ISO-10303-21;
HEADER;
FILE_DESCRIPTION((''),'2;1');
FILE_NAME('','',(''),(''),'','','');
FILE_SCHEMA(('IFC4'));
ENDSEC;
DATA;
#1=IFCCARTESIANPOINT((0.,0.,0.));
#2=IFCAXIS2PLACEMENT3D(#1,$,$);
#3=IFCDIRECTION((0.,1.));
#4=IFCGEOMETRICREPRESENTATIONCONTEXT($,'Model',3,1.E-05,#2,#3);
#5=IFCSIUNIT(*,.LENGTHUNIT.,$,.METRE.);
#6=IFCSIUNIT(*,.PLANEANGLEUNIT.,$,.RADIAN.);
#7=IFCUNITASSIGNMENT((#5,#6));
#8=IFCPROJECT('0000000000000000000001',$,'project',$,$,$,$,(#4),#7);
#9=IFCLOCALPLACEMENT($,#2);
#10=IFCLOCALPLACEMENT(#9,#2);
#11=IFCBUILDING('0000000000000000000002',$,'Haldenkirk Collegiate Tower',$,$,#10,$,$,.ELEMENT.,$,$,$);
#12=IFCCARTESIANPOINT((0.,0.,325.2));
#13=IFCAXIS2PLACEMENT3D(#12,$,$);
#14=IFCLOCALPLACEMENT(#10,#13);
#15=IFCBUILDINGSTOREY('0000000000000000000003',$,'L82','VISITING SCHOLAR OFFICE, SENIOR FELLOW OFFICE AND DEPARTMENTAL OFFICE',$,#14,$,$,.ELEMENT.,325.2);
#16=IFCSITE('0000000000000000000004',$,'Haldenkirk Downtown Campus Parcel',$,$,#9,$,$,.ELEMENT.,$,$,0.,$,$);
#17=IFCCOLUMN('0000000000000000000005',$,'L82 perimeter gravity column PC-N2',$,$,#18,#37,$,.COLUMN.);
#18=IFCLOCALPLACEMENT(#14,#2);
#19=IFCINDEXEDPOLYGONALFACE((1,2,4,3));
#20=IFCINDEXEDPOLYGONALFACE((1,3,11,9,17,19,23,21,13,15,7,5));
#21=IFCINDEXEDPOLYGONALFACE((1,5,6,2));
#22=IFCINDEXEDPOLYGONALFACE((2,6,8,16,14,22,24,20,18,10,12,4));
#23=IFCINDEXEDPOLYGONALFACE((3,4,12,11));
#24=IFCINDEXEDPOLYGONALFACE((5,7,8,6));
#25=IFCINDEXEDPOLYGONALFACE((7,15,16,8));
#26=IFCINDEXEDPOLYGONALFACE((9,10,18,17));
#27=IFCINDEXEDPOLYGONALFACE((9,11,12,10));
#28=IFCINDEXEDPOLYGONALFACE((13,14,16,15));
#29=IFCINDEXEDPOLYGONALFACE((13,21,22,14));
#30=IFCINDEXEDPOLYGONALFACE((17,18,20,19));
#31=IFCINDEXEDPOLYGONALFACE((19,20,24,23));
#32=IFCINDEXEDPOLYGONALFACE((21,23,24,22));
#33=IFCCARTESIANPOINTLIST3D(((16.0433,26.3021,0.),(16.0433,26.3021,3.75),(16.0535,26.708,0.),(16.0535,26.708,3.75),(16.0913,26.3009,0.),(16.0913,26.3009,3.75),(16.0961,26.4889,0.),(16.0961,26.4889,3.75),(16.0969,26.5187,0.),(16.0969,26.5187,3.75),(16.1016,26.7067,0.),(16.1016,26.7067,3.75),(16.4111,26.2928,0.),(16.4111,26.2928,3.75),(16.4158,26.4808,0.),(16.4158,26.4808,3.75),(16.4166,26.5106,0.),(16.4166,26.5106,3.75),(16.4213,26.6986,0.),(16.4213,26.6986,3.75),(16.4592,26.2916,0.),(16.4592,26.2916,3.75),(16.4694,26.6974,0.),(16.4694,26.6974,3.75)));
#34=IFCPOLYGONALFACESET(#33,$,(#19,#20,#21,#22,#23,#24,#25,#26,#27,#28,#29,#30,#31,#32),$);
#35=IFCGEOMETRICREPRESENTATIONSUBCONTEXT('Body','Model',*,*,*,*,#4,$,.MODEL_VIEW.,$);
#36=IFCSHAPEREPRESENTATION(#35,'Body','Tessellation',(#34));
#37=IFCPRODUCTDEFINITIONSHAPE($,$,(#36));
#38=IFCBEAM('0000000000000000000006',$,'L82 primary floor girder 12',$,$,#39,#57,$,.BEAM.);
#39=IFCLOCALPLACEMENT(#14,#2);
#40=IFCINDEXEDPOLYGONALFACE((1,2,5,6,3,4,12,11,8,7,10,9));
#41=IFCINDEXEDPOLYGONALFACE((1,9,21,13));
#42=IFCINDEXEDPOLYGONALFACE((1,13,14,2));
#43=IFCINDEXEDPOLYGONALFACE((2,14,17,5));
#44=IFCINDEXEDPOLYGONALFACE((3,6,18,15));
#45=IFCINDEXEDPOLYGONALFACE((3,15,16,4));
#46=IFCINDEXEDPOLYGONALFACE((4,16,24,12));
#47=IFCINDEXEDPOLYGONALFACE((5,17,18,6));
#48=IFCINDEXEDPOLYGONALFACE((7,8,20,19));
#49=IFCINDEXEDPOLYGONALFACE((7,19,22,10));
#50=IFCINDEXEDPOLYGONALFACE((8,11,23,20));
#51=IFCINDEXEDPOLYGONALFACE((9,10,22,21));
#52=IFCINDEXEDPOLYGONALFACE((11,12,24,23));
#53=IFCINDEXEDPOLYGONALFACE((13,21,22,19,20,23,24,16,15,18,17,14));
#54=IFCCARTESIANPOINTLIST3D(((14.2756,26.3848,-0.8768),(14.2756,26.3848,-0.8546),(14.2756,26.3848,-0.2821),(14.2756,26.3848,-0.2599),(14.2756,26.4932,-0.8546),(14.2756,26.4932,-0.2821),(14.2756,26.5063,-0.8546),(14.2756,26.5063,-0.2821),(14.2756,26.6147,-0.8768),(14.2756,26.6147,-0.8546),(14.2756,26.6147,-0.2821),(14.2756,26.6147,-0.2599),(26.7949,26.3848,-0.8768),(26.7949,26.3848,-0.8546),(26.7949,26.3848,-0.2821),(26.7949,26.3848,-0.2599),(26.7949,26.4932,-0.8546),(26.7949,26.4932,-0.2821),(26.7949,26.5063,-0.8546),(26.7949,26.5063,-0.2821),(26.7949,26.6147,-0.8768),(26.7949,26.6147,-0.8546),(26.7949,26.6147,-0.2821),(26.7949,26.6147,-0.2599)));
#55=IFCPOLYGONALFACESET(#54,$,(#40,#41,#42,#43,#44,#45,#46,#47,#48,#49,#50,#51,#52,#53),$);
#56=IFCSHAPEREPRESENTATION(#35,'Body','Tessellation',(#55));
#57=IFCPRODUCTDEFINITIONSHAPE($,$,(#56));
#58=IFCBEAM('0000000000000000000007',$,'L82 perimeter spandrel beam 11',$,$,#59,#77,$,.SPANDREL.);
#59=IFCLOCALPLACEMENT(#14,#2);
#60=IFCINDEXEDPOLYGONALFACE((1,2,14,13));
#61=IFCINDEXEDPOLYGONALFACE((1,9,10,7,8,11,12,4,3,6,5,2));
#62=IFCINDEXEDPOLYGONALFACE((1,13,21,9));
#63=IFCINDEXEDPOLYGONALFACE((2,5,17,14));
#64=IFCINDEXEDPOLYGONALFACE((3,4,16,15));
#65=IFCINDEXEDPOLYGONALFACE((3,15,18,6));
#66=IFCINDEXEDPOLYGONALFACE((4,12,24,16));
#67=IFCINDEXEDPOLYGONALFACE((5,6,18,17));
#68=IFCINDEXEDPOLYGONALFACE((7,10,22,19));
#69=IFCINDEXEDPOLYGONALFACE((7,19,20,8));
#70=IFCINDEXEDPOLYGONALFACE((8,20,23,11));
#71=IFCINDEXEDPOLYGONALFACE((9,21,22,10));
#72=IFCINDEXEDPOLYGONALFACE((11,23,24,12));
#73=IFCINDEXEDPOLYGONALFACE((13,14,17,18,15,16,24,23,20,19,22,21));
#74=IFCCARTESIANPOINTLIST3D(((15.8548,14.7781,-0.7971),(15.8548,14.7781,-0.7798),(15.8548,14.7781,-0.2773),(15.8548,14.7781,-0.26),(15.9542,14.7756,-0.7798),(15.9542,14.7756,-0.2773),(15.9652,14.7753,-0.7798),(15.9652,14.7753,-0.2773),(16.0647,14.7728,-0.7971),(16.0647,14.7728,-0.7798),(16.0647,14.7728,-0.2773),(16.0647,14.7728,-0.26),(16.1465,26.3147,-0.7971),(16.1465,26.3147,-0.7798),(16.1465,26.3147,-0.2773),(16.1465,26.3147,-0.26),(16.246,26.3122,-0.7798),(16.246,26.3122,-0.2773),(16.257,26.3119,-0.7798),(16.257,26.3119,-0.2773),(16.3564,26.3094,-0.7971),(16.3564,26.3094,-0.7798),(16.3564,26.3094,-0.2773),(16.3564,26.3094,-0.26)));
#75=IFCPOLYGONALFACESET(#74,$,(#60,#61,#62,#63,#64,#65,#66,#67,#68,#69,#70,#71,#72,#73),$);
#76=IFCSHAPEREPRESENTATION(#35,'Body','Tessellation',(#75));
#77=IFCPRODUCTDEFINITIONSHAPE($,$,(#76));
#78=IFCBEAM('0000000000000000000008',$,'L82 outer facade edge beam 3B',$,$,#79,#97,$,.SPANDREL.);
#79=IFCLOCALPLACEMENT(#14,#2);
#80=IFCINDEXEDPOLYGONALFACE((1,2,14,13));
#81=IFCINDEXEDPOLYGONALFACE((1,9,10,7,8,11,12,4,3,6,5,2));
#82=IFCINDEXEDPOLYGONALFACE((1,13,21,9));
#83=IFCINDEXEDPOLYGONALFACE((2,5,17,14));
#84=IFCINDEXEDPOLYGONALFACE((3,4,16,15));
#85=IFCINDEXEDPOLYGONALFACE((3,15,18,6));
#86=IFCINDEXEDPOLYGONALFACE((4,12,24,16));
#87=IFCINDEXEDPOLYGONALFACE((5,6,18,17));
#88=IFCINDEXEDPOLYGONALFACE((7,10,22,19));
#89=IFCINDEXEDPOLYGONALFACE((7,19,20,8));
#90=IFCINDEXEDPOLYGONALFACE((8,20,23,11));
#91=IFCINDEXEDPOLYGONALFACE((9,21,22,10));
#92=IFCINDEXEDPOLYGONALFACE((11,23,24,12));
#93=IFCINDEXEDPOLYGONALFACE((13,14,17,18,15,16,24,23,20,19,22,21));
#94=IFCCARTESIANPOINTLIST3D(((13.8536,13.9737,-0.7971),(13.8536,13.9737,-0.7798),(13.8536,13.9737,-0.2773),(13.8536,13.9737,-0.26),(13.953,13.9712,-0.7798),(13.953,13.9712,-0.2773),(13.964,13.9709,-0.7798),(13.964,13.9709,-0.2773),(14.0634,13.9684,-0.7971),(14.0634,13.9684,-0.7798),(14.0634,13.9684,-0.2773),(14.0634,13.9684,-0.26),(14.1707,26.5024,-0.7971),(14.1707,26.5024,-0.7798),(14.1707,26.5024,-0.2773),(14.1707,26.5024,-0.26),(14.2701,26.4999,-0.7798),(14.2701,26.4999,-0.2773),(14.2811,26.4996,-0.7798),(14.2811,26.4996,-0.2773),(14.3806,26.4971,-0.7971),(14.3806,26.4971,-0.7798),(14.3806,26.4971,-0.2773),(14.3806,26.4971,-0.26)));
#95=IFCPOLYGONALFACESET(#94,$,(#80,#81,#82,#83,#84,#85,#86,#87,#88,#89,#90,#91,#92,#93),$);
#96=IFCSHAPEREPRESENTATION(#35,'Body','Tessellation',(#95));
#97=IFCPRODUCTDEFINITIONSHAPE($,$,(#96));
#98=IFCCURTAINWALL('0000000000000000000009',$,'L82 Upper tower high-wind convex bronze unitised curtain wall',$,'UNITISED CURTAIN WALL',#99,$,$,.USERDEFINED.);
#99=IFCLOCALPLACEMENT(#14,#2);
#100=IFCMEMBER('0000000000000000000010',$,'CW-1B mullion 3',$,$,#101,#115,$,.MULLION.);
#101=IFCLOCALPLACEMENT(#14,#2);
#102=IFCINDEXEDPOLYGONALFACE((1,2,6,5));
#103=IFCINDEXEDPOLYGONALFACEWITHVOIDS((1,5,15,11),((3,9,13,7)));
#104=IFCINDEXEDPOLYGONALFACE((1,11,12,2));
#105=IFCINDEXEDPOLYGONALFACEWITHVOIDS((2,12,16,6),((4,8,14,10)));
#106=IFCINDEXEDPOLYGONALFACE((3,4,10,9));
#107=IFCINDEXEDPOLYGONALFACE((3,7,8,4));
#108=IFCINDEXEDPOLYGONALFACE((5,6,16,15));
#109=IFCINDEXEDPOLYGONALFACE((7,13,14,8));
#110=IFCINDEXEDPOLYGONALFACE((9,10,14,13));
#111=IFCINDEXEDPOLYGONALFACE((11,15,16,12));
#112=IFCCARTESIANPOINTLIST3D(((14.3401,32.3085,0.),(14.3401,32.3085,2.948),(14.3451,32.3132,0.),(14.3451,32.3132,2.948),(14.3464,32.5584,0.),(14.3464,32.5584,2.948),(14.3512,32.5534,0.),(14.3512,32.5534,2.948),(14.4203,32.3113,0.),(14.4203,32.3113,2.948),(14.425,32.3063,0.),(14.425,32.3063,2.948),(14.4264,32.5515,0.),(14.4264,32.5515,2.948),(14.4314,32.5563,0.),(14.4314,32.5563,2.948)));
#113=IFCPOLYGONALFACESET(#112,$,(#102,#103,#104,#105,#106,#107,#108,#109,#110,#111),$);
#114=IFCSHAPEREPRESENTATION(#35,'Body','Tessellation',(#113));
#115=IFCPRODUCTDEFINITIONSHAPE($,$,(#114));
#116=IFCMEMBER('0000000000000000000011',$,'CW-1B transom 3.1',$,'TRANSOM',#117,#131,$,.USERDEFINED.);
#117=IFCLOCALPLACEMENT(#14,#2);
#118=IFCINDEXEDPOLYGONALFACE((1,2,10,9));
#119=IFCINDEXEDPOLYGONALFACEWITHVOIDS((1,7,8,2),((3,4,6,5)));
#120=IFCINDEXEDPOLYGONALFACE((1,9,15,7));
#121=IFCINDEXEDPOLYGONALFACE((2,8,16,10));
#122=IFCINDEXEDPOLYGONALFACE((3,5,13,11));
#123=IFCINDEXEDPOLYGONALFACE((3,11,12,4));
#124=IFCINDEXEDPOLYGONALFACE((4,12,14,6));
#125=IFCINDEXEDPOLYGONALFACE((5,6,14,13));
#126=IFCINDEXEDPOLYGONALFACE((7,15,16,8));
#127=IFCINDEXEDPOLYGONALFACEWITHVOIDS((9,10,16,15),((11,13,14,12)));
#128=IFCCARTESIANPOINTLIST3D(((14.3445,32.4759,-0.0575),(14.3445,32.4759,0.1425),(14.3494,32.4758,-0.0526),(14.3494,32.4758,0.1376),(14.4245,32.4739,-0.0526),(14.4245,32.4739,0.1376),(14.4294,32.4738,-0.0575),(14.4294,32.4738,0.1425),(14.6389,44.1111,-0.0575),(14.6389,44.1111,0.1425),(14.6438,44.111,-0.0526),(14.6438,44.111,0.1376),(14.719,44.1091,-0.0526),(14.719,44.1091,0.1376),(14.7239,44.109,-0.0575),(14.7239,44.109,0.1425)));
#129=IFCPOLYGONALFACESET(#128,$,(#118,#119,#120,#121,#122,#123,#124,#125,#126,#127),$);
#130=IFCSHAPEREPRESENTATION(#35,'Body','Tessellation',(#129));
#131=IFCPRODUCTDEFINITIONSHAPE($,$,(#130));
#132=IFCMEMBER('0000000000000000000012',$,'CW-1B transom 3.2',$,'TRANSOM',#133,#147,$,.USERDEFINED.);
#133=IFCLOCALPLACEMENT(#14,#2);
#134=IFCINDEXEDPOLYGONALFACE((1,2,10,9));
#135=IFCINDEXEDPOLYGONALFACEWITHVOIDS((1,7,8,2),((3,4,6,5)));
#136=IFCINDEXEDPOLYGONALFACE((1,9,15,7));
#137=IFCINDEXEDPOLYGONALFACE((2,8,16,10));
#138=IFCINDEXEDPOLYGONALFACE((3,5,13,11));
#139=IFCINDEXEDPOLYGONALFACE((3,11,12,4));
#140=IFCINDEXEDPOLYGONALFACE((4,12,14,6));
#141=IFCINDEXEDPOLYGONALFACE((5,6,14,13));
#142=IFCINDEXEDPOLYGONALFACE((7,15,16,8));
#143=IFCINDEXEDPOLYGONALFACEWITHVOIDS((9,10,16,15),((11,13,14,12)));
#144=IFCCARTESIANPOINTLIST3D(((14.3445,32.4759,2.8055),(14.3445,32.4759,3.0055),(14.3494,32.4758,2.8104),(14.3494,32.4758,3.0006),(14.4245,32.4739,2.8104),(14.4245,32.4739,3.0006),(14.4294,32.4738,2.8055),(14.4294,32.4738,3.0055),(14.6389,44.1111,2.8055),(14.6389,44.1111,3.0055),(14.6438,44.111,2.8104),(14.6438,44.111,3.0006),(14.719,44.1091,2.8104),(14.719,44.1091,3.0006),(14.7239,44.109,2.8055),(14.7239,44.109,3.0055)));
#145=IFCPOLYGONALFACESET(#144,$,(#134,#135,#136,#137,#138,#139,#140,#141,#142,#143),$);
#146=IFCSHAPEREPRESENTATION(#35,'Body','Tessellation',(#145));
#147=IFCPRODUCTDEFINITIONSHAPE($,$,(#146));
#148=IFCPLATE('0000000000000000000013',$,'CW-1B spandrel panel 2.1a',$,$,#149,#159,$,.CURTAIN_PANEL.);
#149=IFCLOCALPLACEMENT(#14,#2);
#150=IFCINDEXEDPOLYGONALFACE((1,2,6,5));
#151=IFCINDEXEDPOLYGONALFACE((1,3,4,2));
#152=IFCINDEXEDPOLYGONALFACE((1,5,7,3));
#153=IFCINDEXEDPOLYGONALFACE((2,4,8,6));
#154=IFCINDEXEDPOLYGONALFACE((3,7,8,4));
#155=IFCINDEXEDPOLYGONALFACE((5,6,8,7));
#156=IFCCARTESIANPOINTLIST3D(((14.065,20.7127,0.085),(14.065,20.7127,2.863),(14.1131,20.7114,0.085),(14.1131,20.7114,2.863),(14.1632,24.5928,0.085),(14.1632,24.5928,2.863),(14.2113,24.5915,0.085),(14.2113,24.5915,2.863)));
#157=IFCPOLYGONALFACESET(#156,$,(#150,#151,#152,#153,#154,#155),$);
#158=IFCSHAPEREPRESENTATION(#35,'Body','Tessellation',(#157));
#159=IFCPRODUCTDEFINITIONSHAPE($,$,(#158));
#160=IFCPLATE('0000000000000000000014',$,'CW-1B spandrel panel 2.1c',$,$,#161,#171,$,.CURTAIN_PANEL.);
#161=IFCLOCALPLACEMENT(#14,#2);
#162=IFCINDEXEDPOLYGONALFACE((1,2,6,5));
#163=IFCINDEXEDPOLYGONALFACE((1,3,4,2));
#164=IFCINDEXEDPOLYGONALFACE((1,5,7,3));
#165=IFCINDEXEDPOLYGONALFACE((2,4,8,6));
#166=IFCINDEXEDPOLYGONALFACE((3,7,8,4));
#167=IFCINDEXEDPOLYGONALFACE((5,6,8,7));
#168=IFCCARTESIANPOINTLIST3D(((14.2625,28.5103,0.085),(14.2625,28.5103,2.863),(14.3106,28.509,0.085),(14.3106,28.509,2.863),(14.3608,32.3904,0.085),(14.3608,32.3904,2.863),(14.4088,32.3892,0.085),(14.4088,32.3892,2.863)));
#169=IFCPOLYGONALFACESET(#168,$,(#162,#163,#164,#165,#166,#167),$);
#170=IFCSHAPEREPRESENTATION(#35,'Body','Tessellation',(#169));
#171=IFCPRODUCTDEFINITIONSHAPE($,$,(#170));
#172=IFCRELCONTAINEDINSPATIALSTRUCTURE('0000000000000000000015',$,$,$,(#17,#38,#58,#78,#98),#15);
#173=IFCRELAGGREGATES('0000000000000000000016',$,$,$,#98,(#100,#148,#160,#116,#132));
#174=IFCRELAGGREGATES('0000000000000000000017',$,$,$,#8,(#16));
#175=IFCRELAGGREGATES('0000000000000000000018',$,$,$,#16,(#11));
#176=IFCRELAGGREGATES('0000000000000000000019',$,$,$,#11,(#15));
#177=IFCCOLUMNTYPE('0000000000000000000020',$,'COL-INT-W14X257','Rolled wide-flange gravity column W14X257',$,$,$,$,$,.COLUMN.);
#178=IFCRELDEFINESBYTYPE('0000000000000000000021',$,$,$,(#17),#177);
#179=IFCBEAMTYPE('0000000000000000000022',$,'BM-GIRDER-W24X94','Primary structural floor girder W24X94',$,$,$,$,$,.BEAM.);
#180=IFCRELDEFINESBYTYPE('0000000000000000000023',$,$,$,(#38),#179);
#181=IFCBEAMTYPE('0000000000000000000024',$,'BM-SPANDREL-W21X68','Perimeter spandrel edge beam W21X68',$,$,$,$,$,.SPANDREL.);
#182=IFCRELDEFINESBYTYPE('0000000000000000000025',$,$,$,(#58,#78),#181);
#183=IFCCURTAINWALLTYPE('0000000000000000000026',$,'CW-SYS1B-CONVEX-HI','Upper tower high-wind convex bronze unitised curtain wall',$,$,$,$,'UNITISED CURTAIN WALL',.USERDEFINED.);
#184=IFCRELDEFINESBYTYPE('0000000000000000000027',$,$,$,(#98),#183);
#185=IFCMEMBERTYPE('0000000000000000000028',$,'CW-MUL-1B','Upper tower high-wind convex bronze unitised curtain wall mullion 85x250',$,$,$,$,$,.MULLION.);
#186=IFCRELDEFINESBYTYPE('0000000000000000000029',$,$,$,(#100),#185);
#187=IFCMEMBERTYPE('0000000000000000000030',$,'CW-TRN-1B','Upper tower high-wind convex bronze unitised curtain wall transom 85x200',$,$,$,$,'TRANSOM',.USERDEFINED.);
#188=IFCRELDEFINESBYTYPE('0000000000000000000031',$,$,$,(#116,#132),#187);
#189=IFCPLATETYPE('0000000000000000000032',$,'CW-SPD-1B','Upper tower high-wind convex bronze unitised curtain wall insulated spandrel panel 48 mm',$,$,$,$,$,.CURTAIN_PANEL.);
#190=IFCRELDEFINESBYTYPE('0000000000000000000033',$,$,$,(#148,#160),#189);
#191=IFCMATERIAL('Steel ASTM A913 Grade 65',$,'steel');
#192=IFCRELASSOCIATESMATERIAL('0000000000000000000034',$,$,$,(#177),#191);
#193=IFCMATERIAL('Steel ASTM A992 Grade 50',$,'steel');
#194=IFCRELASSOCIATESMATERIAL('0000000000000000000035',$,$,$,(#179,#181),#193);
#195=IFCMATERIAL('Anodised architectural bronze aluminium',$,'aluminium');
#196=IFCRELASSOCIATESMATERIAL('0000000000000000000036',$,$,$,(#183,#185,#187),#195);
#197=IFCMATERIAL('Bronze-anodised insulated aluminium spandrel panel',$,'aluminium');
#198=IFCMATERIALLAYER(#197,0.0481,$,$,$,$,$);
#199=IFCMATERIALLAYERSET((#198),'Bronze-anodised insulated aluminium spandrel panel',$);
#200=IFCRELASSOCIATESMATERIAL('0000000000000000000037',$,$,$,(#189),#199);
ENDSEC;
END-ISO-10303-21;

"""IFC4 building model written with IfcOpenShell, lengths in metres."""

from ifc_helpers import new_model, si_unit, direction, frame, origin, origin_2d, place, context, subcontext, project, spatial, rectangle, hollow_rectangle, i_section, extrude, source, transform, mapped, material, layer, layer_set, material_profile, profile_set, type_object, element, aggregate, save


model = new_model("IFC4")

# Units and contexts
model_context = context("Model", 3, precision=1e-05, world=origin(), true_north=direction((0.0, 1.0)))
body_context = subcontext(model_context, "Body", "Model", "MODEL_VIEW")
ifc_project = project(units=[si_unit("LENGTHUNIT", "METRE"), si_unit("PLANEANGLEUNIT", "RADIAN")], contexts=[model_context])

# Site, building, storey
site_placement = place(None, origin())
site = spatial("IfcSite", under=ifc_project, at=site_placement, Name="Haldenkirk Downtown Campus Parcel", CompositionType="ELEMENT", RefElevation=0.0)
building_placement = place(site_placement, origin())
building = spatial("IfcBuilding", under=site, at=building_placement, Name="Haldenkirk Collegiate Tower", CompositionType="ELEMENT")
storey_placement = place(building_placement, frame((0.0, 0.0, 325.2)))
storey = spatial("IfcBuildingStorey", under=building, at=storey_placement, Name="L82", Description="VISITING SCHOLAR OFFICE, SENIOR FELLOW OFFICE AND DEPARTMENTAL OFFICE", CompositionType="ELEMENT", Elevation=325.2)

# Column
ifc_material_1 = material(Name="Steel ASTM A913 Grade 65", Category="steel")
ifc_material_profile_1 = material_profile(ifc_material_1, i_section(OverallWidth=0.406, OverallDepth=0.416, WebThickness=0.0298, FlangeThickness=0.0481, at=origin_2d()), Name="W14X257")
ifc_profile_set_1 = profile_set([ifc_material_profile_1], Name="Steel ASTM A913 Grade 65")
column_type = type_object("IfcColumnType", Name="COL-INT-W14X257", Description="Rolled wide-flange gravity column W14X257", PredefinedType="COLUMN", material=ifc_profile_set_1)
column_placement = place(storey_placement, frame((16.2563, 26.4998, 0.0), z_axis=(0.0, 0.0, 1.0), x_axis=(0.025305, 0.99968, 0.0)))
element("IfcColumn", 1, at=column_placement, inside=storey, type_object=column_type, Name="L82 perimeter gravity column PC-N2", PredefinedType="COLUMN", context=body_context, shape_type="SweptSolid", body=[
    extrude(i_section(OverallWidth=0.406, OverallDepth=0.416, WebThickness=0.0298, FlangeThickness=0.0481, at=origin_2d()), origin(), (0.0, 0.0, 1.0), 3.75),
])

# Beams
ifc_material_2 = material(Name="Steel ASTM A992 Grade 50", Category="steel")
ifc_material_profile_2 = material_profile(ifc_material_2, i_section(OverallWidth=0.23, OverallDepth=0.6169, WebThickness=0.0132, FlangeThickness=0.0222, at=origin_2d()), Name="W24X94")
ifc_profile_set_2 = profile_set([ifc_material_profile_2], Name="Steel ASTM A992 Grade 50")
beam_type_1 = type_object("IfcBeamType", Name="BM-GIRDER-W24X94", Description="Primary structural floor girder W24X94", PredefinedType="BEAM", material=ifc_profile_set_2)
beam_1_placement = place(storey_placement, frame((14.2756, 26.4998, -0.5684), z_axis=(1.0, 0.0, 0.0), x_axis=(0.0, 1.0, 0.0)))
element("IfcBeam", 2, at=beam_1_placement, inside=storey, type_object=beam_type_1, Name="L82 primary floor girder 12", PredefinedType="BEAM", context=body_context, shape_type="SweptSolid", body=[
    extrude(i_section(OverallWidth=0.23, OverallDepth=0.6169, WebThickness=0.0132, FlangeThickness=0.0222, at=origin_2d()), origin(), (0.0, 0.0, 1.0), 12.5193),
])
ifc_material_profile_3 = material_profile(ifc_material_2, i_section(OverallWidth=0.21, OverallDepth=0.5371, WebThickness=0.011, FlangeThickness=0.0173, at=origin_2d()), Name="W21X68")
ifc_profile_set_3 = profile_set([ifc_material_profile_3], Name="Steel ASTM A992 Grade 50")
beam_type_2 = type_object("IfcBeamType", Name="BM-SPANDREL-W21X68", Description="Perimeter spandrel edge beam W21X68", PredefinedType="SPANDREL", material=ifc_profile_set_3)
beam_2_placement = place(storey_placement, frame((16.2515, 26.312, -0.5286), z_axis=(-0.025281, -0.99968, 0.0), x_axis=(0.99968, -0.025281, 0.0)))
element("IfcBeam", 3, at=beam_2_placement, inside=storey, type_object=beam_type_2, Name="L82 perimeter spandrel beam 11", PredefinedType="SPANDREL", context=body_context, shape_type="SweptSolid", body=[
    extrude(i_section(OverallWidth=0.21, OverallDepth=0.5371, WebThickness=0.011, FlangeThickness=0.0173, at=origin_2d()), origin(), (0.0, 0.0, 1.0), 11.5403),
])
beam_3_placement = place(storey_placement, frame((14.2756, 26.4998, -0.5286), z_axis=(-0.025305, -0.99968, 0.0), x_axis=(0.99968, -0.025305, 0.0)))
element("IfcBeam", 4, at=beam_3_placement, inside=storey, type_object=beam_type_2, Name="L82 outer facade edge beam 3B", PredefinedType="SPANDREL", context=body_context, shape_type="SweptSolid", body=[
    extrude(i_section(OverallWidth=0.21, OverallDepth=0.5371, WebThickness=0.011, FlangeThickness=0.0173, at=origin_2d()), origin(), (0.0, 0.0, 1.0), 12.5327),
])

# Curtain wall, members, plates
ifc_material_3 = material(Name="Anodised architectural bronze aluminium", Category="aluminium")
curtain_wall_type = type_object("IfcCurtainWallType", Name="CW-SYS1B-CONVEX-HI", Description="Upper tower high-wind convex bronze unitised curtain wall", ElementType="UNITISED CURTAIN WALL", PredefinedType="USERDEFINED", material=ifc_material_3)
curtain_wall_placement = place(storey_placement, origin())
curtain_wall = element("IfcCurtainWall", 5, at=curtain_wall_placement, inside=storey, type_object=curtain_wall_type, Name="L82 Upper tower high-wind convex bronze unitised curtain wall", ObjectType="UNITISED CURTAIN WALL", PredefinedType="USERDEFINED")
ifc_material_profile_4 = material_profile(ifc_material_3, hollow_rectangle(XDim=0.085, YDim=0.25, WallThickness=0.0049, at=origin_2d()), Name="CW-MUL-1B")
ifc_profile_set_4 = profile_set([ifc_material_profile_4], Name="Anodised architectural bronze aluminium")
member_type_1 = type_object("IfcMemberType", Name="CW-MUL-1B", Description="Upper tower high-wind convex bronze unitised curtain wall mullion 85x250", PredefinedType="MULLION", material=ifc_profile_set_4)
member_1_placement = place(storey_placement, frame((14.3857, 32.4324, 0.0), z_axis=(0.0, 0.0, 1.0), x_axis=(-0.99968, 0.025303, 0.0)))
member_1 = element("IfcMember", 6, at=member_1_placement, type_object=member_type_1, Name="CW-1B mullion 3", PredefinedType="MULLION", context=body_context, shape_type="SweptSolid", body=[
    extrude(hollow_rectangle(XDim=0.085, YDim=0.25, WallThickness=0.0049, at=origin_2d()), origin(), (0.0, 0.0, 1.0), 2.948),
])
ifc_material_profile_5 = material_profile(ifc_material_3, hollow_rectangle(XDim=0.085, YDim=0.2, WallThickness=0.0049, at=origin_2d()), Name="CW-TRN-1B")
ifc_profile_set_5 = profile_set([ifc_material_profile_5], Name="Anodised architectural bronze aluminium")
member_type_2 = type_object("IfcMemberType", Name="CW-TRN-1B", Description="Upper tower high-wind convex bronze unitised curtain wall transom 85x200", ElementType="TRANSOM", PredefinedType="USERDEFINED", material=ifc_profile_set_5)
member_2_placement = place(storey_placement, frame((14.387, 32.4749, 0.0425), z_axis=(0.025297, 0.99968, 0.0), x_axis=(-0.99968, 0.025297, 0.0)))
member_2 = element("IfcMember", 7, at=member_2_placement, type_object=member_type_2, Name="CW-1B transom 3.1", ObjectType="TRANSOM", PredefinedType="USERDEFINED", context=body_context, shape_type="SweptSolid", body=[
    extrude(hollow_rectangle(XDim=0.085, YDim=0.2, WallThickness=0.0049, at=origin_2d()), origin(), (0.0, 0.0, 1.0), 11.6389),
])
member_3_placement = place(storey_placement, frame((14.387, 32.4749, 2.9055), z_axis=(0.025297, 0.99968, 0.0), x_axis=(-0.99968, 0.025297, 0.0)))
member_3 = element("IfcMember", 8, at=member_3_placement, type_object=member_type_2, Name="CW-1B transom 3.2", ObjectType="TRANSOM", PredefinedType="USERDEFINED", context=body_context, shape_type="SweptSolid", body=[
    extrude(hollow_rectangle(XDim=0.085, YDim=0.2, WallThickness=0.0049, at=origin_2d()), origin(), (0.0, 0.0, 1.0), 11.6389),
])
ifc_material_4 = material(Name="Bronze-anodised insulated aluminium spandrel panel", Category="aluminium")
ifc_layer_1 = layer(ifc_material_4, 0.0481)
ifc_layer_set_1 = layer_set([ifc_layer_1], Name="Bronze-anodised insulated aluminium spandrel panel")
plate_type_1 = type_object("IfcPlateType", Name="CW-SPD-1B", Description="Upper tower high-wind convex bronze unitised curtain wall insulated spandrel panel 48 mm", PredefinedType="CURTAIN_PANEL", material=ifc_layer_set_1)
shared_shape_1 = source(origin(), body_context, "Body", "SweptSolid", [
    extrude(rectangle(XDim=3.8813, YDim=0.0481, at=origin_2d()), origin(), (0.0, 0.0, 1.0), 2.7781),
])
plate_1_placement = place(storey_placement, frame((14.1382, 22.6521, 0.085), z_axis=(0.0, 0.0, 1.0), x_axis=(0.025303, 0.99968, 0.0)))
plate_1 = element("IfcPlate", 9, at=plate_1_placement, type_object=plate_type_1, Name="CW-1B spandrel panel 2.1a", PredefinedType="CURTAIN_PANEL", context=body_context, shape_type="MappedRepresentation", body=[
    mapped(shared_shape_1, transform((0.0, 0.0, 0.0), x_axis=(1.0, 0.0, 0.0), y_axis=(0.0, 1.0, 0.0), z_axis=(0.0, 0.0, 1.0), scale=1.0)),
])
plate_2_placement = place(storey_placement, frame((14.3357, 30.4497, 0.085), z_axis=(0.0, 0.0, 1.0), x_axis=(0.025303, 0.99968, 0.0)))
plate_2 = element("IfcPlate", 10, at=plate_2_placement, type_object=plate_type_1, Name="CW-1B spandrel panel 2.1c", PredefinedType="CURTAIN_PANEL", context=body_context, shape_type="MappedRepresentation", body=[
    mapped(shared_shape_1, transform((0.0, 0.0, 0.0), x_axis=(1.0, 0.0, 0.0), y_axis=(0.0, 1.0, 0.0), z_axis=(0.0, 0.0, 1.0), scale=1.0)),
])
aggregate(curtain_wall, [member_1, plate_1, plate_2, member_2, member_3])

save(model, "model.ifc")
